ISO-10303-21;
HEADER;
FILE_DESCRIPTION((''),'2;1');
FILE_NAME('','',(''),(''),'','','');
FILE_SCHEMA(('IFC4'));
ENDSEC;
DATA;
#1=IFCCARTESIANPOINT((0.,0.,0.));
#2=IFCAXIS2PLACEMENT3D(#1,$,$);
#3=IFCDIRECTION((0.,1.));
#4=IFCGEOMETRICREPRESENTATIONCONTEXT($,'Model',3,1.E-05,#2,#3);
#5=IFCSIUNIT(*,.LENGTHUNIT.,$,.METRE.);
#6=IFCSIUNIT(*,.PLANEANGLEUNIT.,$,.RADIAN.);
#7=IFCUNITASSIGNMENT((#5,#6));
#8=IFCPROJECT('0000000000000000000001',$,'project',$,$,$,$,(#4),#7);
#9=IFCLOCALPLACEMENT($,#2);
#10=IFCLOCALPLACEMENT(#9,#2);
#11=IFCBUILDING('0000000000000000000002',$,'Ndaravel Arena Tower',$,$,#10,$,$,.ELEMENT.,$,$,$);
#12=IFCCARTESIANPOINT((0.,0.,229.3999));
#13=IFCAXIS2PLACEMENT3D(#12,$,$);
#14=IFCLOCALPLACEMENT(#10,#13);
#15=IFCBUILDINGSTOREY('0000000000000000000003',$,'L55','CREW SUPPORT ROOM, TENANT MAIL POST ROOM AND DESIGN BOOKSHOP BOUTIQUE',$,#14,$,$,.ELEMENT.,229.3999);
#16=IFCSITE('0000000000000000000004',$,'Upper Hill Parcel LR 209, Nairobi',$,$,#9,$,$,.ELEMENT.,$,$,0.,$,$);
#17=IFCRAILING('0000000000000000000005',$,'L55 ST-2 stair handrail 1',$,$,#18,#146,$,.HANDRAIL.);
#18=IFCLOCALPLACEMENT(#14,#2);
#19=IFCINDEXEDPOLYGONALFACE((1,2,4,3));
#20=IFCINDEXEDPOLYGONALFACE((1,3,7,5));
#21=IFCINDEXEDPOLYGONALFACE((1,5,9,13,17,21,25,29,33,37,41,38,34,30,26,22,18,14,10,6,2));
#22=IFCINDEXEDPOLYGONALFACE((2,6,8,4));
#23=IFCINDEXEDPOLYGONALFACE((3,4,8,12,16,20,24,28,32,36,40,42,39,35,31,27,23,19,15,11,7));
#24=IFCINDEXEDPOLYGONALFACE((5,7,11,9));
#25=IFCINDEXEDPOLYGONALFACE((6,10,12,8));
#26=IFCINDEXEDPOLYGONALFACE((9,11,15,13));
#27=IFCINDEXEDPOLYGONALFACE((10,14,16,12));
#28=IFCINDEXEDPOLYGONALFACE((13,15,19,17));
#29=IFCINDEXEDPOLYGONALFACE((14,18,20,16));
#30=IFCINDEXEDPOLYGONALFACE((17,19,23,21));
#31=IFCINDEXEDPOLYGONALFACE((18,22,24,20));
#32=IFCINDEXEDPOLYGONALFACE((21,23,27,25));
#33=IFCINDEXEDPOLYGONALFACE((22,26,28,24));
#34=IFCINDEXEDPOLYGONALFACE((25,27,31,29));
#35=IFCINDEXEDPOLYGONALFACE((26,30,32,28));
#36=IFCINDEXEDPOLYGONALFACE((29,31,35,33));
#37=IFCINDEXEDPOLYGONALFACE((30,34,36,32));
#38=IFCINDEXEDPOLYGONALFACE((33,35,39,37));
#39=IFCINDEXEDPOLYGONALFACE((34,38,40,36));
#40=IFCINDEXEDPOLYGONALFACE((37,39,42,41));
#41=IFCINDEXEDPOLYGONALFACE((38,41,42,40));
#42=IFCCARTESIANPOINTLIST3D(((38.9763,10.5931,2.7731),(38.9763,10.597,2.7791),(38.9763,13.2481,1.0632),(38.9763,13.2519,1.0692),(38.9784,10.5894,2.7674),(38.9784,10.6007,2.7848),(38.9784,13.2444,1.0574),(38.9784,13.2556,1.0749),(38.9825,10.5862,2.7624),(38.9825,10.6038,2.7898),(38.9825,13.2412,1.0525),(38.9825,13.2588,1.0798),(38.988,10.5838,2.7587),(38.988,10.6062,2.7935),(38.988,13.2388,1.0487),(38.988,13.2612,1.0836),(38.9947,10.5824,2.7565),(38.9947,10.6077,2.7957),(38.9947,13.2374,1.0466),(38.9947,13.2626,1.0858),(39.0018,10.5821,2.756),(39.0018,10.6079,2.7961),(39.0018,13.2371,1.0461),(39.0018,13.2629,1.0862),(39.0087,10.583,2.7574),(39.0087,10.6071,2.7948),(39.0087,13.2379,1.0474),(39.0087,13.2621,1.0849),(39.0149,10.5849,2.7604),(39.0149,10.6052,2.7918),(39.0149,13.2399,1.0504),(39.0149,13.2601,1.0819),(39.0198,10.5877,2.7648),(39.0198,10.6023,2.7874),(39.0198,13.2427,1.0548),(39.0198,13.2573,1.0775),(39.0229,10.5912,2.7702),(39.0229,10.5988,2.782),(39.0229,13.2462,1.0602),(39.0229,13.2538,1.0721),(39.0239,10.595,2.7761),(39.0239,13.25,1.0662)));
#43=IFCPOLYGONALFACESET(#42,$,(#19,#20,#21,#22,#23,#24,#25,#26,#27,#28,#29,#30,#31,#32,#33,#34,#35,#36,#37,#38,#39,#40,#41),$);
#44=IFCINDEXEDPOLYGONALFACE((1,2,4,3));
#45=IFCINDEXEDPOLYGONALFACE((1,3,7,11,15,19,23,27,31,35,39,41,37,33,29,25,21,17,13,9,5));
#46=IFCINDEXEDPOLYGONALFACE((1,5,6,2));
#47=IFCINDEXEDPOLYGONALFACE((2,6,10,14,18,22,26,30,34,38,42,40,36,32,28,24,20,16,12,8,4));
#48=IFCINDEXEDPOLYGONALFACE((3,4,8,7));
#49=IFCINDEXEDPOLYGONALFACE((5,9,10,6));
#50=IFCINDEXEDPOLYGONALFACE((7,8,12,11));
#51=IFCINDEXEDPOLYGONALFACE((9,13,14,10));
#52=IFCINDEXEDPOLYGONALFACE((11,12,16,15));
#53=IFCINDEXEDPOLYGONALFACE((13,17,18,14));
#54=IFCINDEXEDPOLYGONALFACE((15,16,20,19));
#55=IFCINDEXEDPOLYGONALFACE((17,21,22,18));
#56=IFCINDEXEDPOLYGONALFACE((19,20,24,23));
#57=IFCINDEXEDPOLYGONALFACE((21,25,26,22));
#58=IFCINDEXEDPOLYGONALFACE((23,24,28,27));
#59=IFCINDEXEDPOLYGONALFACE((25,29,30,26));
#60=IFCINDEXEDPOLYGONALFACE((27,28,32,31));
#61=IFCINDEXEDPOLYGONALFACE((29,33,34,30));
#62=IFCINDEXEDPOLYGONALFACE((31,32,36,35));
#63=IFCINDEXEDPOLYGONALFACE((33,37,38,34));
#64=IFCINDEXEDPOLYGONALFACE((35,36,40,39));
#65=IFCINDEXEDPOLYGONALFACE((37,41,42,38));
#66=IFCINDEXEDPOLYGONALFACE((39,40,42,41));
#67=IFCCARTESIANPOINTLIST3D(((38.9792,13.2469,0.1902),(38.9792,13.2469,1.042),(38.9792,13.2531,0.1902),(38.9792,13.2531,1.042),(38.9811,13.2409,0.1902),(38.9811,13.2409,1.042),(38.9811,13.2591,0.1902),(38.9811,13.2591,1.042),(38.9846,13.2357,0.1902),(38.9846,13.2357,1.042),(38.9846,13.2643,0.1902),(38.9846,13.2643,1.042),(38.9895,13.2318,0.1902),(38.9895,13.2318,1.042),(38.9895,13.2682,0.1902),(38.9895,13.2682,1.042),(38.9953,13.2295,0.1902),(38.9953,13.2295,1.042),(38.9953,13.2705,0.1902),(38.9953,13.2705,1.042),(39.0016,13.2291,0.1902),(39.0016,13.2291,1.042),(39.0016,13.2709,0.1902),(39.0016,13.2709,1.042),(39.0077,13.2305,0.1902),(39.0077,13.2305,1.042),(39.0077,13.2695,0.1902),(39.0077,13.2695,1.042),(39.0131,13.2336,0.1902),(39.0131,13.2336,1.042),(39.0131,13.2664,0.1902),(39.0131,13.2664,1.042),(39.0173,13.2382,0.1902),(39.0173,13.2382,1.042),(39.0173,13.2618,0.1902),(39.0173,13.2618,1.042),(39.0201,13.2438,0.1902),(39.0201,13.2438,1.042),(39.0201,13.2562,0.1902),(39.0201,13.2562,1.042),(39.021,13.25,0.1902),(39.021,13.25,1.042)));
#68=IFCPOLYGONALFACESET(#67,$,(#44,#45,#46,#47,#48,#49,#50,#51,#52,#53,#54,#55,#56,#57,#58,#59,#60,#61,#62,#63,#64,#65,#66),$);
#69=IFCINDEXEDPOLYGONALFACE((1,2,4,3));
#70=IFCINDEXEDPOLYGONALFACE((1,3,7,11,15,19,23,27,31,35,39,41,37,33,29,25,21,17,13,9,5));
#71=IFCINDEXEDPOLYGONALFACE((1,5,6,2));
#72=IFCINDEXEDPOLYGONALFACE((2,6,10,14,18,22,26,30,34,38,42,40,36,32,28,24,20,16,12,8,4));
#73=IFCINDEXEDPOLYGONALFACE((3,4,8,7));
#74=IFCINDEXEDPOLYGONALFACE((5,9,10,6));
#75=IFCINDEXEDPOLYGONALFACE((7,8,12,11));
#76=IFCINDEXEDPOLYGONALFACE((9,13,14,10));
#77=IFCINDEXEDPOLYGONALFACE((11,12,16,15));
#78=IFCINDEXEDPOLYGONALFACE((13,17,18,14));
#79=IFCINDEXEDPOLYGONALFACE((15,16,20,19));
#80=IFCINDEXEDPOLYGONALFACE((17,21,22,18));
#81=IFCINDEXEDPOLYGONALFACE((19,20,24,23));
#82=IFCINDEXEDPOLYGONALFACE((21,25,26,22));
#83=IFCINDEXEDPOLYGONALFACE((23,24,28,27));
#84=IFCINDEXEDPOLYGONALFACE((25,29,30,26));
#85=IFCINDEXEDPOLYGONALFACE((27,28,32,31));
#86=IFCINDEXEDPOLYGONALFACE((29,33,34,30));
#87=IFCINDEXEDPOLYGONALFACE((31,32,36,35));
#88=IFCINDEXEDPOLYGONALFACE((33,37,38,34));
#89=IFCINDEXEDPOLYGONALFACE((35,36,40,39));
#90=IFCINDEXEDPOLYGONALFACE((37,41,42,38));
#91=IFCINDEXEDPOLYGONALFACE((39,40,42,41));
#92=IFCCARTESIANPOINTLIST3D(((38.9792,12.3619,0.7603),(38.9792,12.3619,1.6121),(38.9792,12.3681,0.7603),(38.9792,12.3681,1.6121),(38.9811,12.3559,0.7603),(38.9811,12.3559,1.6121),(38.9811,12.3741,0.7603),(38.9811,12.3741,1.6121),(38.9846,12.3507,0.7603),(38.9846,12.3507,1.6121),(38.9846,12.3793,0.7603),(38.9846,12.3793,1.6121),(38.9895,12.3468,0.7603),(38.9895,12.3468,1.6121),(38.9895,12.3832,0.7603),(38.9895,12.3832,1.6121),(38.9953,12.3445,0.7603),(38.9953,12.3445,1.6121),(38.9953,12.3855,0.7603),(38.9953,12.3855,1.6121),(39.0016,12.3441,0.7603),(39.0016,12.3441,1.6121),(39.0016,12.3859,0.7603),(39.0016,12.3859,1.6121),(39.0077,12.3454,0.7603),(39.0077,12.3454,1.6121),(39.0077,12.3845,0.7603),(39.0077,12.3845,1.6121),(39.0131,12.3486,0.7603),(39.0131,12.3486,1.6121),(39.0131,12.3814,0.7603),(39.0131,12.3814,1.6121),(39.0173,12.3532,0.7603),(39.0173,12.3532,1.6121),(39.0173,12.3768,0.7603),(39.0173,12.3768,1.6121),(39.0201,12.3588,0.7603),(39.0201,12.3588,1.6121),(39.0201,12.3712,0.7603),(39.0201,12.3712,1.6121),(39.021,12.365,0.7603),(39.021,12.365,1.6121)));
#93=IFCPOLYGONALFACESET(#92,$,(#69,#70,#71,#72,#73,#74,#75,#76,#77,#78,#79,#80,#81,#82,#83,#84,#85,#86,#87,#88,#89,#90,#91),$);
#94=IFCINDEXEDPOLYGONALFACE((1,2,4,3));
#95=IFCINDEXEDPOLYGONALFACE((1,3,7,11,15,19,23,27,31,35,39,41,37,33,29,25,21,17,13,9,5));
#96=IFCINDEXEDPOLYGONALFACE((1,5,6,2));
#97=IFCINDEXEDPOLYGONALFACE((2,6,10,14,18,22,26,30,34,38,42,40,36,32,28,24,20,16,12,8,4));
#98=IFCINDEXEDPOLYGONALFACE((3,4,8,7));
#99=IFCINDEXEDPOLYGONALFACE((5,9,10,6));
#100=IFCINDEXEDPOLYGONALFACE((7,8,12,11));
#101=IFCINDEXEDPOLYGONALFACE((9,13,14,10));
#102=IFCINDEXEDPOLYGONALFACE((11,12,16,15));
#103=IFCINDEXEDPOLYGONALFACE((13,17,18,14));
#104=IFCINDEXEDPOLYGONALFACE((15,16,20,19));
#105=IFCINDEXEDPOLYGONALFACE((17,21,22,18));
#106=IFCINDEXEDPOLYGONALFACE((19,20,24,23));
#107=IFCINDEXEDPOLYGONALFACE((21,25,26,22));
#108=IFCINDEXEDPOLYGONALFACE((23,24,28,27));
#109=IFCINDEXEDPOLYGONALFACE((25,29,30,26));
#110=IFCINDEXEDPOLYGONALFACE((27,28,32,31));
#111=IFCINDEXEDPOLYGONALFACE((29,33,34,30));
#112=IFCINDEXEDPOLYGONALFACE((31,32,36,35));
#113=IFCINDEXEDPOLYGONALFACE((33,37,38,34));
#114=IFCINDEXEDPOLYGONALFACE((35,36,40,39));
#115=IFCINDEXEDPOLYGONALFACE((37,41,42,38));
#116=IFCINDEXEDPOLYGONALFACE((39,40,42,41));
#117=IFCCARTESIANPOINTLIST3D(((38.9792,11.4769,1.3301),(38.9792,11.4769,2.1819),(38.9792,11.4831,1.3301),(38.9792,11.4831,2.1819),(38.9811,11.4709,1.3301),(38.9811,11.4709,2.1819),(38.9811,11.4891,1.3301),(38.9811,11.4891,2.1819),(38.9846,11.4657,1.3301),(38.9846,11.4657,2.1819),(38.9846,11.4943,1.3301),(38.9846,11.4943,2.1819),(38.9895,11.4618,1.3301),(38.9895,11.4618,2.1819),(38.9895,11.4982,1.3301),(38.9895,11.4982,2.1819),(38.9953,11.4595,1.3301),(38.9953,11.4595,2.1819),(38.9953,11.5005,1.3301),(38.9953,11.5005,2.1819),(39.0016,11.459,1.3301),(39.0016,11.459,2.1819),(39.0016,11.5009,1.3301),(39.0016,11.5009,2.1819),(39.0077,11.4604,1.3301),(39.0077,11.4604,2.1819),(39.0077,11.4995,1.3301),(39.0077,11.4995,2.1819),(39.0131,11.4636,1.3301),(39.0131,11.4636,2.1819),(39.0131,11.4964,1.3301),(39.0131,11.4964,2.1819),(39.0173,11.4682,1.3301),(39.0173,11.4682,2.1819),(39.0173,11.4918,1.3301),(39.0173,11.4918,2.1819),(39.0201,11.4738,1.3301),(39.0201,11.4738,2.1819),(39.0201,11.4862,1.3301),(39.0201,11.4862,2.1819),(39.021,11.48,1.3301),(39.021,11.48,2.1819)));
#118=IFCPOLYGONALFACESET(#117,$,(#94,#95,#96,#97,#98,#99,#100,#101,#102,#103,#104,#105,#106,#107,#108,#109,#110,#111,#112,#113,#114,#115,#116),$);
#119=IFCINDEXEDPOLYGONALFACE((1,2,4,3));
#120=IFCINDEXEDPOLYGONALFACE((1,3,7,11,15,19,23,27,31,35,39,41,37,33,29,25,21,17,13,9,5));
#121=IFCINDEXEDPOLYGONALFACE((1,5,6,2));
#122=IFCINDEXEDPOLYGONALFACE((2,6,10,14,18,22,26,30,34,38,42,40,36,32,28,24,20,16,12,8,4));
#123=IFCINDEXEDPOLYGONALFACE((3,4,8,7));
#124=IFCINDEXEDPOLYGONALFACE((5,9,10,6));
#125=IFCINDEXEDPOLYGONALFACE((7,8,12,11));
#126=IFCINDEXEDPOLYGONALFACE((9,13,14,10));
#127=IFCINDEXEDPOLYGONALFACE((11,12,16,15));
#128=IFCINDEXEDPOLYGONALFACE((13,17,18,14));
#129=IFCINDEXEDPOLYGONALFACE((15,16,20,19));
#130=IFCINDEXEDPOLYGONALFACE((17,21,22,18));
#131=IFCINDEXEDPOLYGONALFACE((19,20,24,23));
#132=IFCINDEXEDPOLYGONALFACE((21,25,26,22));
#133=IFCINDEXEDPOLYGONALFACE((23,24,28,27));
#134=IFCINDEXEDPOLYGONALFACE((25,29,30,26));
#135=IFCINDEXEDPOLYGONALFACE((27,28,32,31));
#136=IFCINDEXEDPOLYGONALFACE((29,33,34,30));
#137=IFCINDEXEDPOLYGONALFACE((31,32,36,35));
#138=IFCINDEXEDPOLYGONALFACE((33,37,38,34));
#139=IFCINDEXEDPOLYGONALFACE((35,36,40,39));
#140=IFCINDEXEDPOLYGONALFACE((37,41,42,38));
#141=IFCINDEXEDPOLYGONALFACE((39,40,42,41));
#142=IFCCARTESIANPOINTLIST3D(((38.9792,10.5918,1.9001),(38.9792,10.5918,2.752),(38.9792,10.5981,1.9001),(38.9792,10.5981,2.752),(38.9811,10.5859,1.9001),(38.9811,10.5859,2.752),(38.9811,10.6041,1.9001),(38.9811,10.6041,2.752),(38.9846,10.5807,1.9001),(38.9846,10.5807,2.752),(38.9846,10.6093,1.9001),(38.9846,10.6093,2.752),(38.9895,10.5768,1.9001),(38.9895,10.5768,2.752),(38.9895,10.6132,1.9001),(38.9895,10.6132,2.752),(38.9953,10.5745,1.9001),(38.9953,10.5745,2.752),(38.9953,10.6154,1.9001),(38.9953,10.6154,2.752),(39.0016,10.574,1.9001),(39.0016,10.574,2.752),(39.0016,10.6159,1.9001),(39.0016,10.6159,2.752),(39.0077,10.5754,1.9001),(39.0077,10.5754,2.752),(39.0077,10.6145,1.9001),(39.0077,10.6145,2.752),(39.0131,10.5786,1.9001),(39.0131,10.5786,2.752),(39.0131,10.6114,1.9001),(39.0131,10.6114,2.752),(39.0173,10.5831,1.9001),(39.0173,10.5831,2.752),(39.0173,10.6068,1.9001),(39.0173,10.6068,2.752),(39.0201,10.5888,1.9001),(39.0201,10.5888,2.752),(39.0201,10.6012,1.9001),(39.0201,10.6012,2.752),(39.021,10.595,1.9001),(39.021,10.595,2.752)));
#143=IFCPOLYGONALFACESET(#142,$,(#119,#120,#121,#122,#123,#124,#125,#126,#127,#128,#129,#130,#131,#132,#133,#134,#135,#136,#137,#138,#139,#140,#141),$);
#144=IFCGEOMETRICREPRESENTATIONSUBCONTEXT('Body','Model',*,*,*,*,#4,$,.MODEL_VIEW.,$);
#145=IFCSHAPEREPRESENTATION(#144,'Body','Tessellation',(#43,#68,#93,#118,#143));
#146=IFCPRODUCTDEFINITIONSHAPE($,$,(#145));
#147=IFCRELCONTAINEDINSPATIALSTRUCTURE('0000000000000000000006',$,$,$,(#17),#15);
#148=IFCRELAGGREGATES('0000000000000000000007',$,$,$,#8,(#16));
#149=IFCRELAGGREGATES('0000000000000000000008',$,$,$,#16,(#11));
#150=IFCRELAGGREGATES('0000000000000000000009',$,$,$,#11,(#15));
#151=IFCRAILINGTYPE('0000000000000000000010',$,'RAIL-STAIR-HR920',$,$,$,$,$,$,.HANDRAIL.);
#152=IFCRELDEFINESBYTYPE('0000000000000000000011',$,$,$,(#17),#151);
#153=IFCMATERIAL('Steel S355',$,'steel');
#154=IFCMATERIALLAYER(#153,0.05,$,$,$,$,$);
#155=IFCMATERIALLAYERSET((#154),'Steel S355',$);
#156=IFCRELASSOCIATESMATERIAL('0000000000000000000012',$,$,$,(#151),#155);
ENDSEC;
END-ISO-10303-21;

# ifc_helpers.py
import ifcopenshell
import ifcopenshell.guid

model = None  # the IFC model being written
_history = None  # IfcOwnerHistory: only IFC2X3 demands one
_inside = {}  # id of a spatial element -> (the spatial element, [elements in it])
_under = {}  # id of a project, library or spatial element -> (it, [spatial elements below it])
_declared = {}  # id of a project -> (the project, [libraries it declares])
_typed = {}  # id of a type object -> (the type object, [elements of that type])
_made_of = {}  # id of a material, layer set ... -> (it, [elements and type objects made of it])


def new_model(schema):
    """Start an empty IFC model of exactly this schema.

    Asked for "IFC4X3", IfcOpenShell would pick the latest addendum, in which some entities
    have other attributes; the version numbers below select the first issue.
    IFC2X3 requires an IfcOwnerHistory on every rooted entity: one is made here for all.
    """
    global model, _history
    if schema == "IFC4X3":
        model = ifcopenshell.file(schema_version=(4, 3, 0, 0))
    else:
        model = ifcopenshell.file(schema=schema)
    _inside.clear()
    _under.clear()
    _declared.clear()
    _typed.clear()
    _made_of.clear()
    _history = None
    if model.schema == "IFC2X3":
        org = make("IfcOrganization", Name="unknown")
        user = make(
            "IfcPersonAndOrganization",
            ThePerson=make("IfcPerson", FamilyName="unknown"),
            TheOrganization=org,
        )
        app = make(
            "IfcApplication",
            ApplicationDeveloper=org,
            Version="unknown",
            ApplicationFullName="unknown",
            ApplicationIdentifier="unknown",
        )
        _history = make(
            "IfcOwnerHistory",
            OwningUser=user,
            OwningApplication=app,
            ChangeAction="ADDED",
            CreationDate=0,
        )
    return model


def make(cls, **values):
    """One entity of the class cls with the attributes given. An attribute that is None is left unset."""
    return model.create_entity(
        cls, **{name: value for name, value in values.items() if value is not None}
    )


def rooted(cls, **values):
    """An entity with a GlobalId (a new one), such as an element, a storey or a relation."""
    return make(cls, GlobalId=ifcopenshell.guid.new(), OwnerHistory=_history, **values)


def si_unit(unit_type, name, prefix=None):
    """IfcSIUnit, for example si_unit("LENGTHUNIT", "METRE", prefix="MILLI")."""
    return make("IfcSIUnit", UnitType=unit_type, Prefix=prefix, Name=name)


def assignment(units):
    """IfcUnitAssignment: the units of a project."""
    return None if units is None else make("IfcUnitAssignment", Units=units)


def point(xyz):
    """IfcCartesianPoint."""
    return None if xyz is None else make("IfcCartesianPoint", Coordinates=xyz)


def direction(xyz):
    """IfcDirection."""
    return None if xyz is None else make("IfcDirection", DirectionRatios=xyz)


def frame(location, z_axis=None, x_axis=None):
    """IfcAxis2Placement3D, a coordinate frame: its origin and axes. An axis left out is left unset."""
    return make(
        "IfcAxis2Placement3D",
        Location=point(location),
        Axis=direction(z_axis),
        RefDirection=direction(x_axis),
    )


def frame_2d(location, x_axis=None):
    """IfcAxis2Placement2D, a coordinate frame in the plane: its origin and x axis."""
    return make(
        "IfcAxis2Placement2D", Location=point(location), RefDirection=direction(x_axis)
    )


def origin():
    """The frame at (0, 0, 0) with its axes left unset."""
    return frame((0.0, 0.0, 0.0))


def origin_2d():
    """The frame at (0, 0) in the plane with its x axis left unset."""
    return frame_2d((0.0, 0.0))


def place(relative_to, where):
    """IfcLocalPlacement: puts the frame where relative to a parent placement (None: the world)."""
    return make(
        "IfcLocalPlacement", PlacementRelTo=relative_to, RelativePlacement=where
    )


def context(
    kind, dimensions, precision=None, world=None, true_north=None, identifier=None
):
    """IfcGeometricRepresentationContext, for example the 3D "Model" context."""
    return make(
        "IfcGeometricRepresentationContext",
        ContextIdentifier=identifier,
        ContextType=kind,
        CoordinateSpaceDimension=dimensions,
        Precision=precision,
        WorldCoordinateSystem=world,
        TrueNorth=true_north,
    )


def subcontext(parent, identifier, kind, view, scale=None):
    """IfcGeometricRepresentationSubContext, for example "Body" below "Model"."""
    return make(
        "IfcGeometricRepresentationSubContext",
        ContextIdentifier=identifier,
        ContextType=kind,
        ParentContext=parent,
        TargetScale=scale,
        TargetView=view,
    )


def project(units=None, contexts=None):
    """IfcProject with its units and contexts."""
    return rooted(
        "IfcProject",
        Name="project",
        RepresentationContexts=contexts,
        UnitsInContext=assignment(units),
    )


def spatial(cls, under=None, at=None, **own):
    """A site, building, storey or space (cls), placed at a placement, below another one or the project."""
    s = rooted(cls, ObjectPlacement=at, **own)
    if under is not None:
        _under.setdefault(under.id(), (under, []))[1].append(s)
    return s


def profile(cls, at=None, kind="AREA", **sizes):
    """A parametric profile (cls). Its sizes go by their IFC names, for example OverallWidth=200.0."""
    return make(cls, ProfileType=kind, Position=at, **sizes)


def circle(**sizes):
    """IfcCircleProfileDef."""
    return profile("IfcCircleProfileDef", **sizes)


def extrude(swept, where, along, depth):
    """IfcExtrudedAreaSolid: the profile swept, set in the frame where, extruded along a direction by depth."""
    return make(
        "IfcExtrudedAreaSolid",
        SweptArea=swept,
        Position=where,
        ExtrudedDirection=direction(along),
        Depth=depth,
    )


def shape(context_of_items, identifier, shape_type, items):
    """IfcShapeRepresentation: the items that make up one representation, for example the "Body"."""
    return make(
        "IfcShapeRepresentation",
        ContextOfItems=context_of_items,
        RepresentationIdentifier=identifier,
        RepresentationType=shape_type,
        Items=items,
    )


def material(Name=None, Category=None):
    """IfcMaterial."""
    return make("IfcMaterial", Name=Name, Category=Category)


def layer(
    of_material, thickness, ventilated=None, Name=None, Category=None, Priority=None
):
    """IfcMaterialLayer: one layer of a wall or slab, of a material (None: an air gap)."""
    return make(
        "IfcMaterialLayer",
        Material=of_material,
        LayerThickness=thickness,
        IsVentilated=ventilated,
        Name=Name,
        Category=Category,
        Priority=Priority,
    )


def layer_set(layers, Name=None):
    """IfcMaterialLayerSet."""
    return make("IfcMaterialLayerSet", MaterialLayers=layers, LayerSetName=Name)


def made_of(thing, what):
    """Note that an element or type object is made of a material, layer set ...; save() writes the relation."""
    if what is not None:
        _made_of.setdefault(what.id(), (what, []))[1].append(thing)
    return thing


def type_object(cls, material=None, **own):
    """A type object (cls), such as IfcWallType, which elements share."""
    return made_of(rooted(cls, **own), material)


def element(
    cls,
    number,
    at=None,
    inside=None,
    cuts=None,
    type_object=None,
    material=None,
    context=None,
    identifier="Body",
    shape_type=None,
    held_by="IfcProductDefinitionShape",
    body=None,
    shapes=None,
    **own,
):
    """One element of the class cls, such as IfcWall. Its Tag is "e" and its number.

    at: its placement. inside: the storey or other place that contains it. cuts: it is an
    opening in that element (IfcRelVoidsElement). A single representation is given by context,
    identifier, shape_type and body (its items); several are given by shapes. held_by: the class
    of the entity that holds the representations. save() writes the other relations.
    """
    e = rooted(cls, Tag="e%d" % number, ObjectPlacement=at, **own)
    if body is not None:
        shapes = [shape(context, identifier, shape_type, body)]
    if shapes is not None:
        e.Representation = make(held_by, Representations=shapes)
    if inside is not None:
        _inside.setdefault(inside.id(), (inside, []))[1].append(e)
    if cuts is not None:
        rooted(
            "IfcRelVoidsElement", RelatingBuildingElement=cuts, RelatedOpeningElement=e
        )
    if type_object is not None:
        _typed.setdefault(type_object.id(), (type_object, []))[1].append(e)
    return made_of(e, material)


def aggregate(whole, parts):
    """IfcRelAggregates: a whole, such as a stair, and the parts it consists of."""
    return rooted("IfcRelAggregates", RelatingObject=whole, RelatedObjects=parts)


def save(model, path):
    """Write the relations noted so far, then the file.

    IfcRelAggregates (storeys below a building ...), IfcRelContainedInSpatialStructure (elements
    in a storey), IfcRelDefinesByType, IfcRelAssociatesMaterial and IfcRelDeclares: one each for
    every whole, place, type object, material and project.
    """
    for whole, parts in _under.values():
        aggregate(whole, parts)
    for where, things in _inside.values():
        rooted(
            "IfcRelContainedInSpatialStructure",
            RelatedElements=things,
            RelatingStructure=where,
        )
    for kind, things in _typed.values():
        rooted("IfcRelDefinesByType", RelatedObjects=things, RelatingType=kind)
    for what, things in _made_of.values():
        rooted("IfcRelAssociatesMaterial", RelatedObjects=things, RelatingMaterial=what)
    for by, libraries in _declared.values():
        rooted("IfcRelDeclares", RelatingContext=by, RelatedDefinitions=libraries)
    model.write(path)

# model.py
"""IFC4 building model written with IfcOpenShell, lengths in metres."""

from ifc_helpers import new_model, si_unit, direction, frame, origin, origin_2d, place, context, subcontext, project, spatial, circle, extrude, material, layer, layer_set, type_object, element, save


model = new_model("IFC4")

# Units and contexts
model_context = context("Model", 3, precision=1e-05, world=origin(), true_north=direction((0.0, 1.0)))
body_context = subcontext(model_context, "Body", "Model", "MODEL_VIEW")
ifc_project = project(units=[si_unit("LENGTHUNIT", "METRE"), si_unit("PLANEANGLEUNIT", "RADIAN")], contexts=[model_context])

# Site, building, storey
site_placement = place(None, origin())
site = spatial("IfcSite", under=ifc_project, at=site_placement, Name="Upper Hill Parcel LR 209, Nairobi", CompositionType="ELEMENT", RefElevation=0.0)
building_placement = place(site_placement, origin())
building = spatial("IfcBuilding", under=site, at=building_placement, Name="Ndaravel Arena Tower", CompositionType="ELEMENT")
storey_placement = place(building_placement, frame((0.0, 0.0, 229.3999)))
storey = spatial("IfcBuildingStorey", under=building, at=storey_placement, Name="L55", Description="CREW SUPPORT ROOM, TENANT MAIL POST ROOM AND DESIGN BOOKSHOP BOUTIQUE", CompositionType="ELEMENT", Elevation=229.3999)

# Railing
ifc_material_1 = material(Name="Steel S355", Category="steel")
ifc_layer_1 = layer(ifc_material_1, 0.05)
ifc_layer_set_1 = layer_set([ifc_layer_1], Name="Steel S355")
railing_type_1 = type_object("IfcRailingType", Name="RAIL-STAIR-HR920", PredefinedType="HANDRAIL", material=ifc_layer_set_1)
railing_1_placement = place(storey_placement, frame((39.0, 13.25, 0.1902)))
element("IfcRailing", 1, at=railing_1_placement, inside=storey, type_object=railing_type_1, Name="L55 ST-2 stair handrail 1", PredefinedType="HANDRAIL", context=body_context, shape_type="SweptSolid", body=[
    extrude(circle(Radius=0.0239, at=origin_2d()), frame((0.0, 0.0, 0.876), z_axis=(0.0, -0.840724, 0.541465), x_axis=(1.0, 0.0, 0.0)), (0.0, 0.0, 1.0), 3.158),
    extrude(circle(Radius=0.021, at=origin_2d()), origin(), (0.0, 0.0, 1.0), 0.8518),
    extrude(circle(Radius=0.021, at=origin_2d()), frame((0.0, -0.885, 0.5701)), (0.0, 0.0, 1.0), 0.8518),
    extrude(circle(Radius=0.021, at=origin_2d()), frame((0.0, -1.77, 1.1399)), (0.0, 0.0, 1.0), 0.8518),
    extrude(circle(Radius=0.021, at=origin_2d()), frame((0.0, -2.655, 1.71)), (0.0, 0.0, 1.0), 0.8518),
])

save(model, "model.ifc")
